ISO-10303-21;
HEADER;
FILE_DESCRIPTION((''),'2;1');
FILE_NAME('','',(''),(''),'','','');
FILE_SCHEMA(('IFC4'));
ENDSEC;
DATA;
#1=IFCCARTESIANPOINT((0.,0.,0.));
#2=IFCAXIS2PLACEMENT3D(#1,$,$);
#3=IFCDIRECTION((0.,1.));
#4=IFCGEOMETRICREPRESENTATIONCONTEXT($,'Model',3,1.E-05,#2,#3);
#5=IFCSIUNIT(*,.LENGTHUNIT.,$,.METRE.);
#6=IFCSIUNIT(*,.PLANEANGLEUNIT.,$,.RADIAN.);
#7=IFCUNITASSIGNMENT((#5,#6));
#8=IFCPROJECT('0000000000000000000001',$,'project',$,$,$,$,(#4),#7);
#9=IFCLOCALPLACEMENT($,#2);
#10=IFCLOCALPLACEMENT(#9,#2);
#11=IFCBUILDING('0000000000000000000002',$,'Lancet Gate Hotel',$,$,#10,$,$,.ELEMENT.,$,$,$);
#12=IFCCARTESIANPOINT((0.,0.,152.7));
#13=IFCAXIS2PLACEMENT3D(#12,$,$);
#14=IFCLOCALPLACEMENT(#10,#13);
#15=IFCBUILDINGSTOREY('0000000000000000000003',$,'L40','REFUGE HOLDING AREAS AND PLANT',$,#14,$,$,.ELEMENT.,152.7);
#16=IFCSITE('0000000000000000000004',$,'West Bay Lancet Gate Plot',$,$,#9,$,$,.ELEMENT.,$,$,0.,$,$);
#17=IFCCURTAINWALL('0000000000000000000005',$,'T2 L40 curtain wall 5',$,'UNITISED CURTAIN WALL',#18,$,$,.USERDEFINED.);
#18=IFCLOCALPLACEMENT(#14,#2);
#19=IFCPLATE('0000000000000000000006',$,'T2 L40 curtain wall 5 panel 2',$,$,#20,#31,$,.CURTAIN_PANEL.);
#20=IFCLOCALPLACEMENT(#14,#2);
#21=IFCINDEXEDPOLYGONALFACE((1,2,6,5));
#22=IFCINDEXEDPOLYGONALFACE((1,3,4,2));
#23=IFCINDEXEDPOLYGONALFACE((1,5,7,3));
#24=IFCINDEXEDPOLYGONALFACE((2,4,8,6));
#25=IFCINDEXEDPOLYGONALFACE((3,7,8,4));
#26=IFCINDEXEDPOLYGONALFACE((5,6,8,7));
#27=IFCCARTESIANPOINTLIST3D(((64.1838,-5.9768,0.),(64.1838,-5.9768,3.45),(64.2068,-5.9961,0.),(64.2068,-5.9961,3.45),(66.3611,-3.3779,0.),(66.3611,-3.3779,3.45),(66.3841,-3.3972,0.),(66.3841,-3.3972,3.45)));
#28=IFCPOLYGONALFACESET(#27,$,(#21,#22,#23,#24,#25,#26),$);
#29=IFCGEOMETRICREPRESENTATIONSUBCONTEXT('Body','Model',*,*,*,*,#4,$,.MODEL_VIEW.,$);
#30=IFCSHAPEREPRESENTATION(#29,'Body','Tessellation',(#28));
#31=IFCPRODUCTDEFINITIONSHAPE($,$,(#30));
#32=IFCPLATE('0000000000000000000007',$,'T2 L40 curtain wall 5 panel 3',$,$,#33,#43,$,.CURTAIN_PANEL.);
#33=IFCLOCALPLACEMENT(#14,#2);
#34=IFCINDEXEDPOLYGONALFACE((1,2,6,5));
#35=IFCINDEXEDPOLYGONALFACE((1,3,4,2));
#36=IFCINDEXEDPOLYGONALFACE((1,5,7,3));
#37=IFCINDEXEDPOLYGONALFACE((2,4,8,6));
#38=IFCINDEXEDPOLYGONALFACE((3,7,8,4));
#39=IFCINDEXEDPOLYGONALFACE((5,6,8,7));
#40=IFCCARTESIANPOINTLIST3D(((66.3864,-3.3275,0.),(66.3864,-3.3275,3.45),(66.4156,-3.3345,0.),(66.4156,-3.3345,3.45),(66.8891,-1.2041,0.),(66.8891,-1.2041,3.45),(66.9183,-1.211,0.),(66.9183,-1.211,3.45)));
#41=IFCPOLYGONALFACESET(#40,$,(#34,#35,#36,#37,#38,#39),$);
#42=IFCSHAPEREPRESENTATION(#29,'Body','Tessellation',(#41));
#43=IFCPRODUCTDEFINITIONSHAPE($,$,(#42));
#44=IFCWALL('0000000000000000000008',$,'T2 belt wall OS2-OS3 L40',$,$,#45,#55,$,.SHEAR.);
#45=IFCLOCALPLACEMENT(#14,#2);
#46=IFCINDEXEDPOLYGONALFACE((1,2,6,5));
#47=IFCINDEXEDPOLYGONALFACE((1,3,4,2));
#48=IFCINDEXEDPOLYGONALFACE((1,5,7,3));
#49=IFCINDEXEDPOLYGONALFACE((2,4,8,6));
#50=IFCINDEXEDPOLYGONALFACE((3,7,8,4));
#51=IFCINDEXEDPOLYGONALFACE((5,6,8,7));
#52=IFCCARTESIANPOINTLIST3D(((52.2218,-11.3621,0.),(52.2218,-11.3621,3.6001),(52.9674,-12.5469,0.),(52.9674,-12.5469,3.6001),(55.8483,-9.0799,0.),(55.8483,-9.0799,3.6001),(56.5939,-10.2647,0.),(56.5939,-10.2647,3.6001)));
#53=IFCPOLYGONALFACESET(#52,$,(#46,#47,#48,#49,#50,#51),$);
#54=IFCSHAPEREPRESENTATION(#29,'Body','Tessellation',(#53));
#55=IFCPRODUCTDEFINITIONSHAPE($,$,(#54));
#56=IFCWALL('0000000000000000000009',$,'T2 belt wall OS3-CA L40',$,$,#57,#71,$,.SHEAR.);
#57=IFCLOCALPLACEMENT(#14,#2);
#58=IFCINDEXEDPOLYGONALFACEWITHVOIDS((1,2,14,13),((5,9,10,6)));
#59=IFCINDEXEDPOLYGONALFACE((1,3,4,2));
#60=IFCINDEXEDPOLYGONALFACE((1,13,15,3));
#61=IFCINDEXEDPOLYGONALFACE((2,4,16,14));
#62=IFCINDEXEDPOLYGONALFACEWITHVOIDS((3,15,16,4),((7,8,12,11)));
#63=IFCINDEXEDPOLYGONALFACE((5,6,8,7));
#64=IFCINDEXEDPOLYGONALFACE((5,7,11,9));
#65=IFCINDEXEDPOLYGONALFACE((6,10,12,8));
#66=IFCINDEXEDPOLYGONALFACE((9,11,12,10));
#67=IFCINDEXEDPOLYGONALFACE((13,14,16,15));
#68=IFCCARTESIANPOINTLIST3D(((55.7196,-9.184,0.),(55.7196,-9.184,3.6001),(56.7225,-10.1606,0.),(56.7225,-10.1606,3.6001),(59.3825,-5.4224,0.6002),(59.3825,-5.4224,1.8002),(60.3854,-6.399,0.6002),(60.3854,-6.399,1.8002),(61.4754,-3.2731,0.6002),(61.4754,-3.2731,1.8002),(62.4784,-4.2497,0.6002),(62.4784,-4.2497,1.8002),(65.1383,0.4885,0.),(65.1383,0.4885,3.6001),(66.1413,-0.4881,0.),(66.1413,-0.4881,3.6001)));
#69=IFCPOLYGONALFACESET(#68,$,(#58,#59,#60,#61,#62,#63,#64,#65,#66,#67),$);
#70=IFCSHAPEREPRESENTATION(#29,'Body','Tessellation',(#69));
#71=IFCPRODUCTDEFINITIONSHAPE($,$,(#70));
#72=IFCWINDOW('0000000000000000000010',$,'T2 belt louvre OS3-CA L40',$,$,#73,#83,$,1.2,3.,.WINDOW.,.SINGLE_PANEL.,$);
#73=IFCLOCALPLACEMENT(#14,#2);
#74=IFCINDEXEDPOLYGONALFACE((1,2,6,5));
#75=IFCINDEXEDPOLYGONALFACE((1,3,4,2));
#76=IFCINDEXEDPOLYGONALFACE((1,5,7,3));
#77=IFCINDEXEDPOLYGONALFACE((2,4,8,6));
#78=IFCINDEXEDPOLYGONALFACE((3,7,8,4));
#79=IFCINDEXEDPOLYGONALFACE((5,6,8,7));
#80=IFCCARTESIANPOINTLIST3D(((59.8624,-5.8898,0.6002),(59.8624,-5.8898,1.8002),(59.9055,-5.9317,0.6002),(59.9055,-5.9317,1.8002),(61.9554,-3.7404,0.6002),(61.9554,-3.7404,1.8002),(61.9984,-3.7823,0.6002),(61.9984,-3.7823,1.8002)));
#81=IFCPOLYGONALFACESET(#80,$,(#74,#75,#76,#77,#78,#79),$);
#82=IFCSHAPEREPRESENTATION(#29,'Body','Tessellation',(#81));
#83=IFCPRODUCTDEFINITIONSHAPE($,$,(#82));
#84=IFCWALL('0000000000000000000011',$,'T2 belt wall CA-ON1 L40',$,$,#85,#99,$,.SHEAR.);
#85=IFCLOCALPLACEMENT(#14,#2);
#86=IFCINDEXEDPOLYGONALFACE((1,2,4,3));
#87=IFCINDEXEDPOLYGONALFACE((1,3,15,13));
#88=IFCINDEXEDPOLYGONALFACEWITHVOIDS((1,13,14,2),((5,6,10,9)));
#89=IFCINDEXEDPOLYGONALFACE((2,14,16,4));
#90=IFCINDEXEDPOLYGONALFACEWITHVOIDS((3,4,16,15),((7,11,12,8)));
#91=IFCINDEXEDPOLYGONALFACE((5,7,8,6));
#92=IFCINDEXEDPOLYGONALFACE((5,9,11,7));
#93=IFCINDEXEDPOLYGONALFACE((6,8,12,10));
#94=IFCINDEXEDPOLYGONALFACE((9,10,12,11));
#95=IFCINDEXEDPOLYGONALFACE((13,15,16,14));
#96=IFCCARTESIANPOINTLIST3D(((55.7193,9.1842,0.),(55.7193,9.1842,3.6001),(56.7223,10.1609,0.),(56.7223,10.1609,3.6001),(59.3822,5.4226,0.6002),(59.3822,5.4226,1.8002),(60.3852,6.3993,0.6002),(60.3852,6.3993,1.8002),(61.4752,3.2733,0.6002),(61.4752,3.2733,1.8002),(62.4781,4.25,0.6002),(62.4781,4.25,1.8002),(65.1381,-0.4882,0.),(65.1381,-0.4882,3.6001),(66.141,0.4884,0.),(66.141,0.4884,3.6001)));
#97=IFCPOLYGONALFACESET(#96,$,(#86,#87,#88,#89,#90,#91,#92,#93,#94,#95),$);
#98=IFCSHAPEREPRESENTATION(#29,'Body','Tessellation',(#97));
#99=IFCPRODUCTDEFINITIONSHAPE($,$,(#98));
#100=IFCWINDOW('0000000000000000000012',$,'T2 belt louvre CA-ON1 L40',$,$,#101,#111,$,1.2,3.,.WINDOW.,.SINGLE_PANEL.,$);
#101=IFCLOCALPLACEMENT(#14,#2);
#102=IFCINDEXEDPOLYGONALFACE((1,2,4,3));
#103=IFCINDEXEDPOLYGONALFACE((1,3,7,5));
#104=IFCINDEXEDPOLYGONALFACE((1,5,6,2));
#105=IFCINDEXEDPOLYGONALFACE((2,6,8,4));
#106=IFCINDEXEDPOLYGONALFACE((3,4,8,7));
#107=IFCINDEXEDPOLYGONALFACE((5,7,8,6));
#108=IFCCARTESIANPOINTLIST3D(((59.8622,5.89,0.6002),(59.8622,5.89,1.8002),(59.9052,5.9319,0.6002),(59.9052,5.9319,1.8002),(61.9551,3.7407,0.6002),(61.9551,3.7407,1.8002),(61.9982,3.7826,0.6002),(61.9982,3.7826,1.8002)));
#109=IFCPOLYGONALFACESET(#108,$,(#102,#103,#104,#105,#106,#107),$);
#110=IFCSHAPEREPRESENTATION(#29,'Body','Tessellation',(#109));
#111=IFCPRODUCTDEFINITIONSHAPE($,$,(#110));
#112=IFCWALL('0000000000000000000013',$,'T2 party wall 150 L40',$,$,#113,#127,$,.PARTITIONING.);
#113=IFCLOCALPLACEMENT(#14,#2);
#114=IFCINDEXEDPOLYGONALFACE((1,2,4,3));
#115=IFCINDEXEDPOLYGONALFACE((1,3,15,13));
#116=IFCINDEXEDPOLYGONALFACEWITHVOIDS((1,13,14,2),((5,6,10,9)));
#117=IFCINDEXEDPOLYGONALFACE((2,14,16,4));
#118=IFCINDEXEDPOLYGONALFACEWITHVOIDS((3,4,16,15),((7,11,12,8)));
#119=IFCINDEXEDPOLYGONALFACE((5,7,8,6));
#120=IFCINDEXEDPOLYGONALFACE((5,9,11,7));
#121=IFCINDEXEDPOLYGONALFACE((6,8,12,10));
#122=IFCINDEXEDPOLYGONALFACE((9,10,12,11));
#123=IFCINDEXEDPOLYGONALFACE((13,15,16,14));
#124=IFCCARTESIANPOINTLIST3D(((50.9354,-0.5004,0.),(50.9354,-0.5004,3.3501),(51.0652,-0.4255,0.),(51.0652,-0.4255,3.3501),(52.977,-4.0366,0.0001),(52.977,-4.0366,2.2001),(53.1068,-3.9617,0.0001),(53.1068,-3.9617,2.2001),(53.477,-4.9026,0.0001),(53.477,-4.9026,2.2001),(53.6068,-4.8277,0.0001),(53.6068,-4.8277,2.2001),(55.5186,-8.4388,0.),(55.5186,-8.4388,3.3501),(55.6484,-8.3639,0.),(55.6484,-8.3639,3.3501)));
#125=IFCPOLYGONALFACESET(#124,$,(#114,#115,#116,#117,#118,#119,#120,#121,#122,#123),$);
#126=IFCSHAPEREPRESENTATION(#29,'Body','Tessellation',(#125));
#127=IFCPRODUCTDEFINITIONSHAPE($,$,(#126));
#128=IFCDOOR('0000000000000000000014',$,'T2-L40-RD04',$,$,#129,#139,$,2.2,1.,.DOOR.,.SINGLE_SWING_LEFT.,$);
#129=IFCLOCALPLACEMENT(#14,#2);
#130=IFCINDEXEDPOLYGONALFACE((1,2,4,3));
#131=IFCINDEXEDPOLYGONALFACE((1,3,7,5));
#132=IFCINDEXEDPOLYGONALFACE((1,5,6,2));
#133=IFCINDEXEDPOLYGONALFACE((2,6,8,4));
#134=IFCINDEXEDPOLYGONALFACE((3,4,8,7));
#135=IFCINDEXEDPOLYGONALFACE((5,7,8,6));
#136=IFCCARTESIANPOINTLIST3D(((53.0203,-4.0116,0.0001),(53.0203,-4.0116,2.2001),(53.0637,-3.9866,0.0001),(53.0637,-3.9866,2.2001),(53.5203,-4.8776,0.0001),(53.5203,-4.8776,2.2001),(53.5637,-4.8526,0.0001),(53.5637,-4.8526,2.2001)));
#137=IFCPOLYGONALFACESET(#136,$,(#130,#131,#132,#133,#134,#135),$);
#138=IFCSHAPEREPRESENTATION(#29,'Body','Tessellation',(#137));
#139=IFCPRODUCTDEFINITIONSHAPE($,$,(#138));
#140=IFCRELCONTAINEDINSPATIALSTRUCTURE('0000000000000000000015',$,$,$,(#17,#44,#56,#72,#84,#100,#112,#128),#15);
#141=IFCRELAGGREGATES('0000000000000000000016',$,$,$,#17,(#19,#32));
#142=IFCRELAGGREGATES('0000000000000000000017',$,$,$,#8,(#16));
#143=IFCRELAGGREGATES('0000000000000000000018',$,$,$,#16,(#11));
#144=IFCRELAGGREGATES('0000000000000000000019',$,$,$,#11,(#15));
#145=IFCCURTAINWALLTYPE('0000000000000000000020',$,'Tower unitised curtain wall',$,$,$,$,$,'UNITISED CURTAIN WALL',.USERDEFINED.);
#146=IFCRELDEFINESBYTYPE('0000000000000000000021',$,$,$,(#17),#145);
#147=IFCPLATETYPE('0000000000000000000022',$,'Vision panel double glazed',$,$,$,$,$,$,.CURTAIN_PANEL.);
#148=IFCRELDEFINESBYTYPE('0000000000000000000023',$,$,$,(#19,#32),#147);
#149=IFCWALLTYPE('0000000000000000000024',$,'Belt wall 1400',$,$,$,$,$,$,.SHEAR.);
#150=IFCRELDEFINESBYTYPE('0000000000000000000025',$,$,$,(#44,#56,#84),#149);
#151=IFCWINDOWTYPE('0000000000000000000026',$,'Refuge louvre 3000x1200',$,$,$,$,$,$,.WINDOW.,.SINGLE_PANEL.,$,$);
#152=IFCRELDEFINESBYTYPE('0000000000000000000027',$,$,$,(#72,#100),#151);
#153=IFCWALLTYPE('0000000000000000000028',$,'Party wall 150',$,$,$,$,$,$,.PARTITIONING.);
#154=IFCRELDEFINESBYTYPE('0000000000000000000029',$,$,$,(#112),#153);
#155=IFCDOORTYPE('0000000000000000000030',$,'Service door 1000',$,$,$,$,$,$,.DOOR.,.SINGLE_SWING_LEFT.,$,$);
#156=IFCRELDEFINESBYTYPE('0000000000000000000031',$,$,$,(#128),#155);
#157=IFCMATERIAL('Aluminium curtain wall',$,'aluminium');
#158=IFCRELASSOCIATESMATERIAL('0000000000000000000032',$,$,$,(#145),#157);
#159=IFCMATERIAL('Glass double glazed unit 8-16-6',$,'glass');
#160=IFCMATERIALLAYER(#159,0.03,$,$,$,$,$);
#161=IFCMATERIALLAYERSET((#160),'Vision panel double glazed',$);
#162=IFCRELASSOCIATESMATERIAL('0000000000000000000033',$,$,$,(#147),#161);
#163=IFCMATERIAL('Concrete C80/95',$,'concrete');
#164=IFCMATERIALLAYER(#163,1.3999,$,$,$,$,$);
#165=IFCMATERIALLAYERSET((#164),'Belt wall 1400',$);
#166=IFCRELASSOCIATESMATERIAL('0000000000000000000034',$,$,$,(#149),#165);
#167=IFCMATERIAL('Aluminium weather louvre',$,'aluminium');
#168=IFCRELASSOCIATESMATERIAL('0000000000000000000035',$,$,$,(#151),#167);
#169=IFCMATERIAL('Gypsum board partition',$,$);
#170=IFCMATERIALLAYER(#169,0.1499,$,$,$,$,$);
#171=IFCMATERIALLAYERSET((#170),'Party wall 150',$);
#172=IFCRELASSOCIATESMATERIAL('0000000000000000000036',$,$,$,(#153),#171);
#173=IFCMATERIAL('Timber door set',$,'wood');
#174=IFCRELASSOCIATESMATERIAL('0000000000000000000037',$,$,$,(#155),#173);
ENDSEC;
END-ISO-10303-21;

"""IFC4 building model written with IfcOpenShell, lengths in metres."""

from ifc_helpers import new_model, si_unit, direction, frame, frame_2d, origin, origin_2d, place, context, subcontext, project, spatial, rectangle, extrude, material, layer, layer_set, type_object, element, fill, aggregate, save


model = new_model("IFC4")

# Units and contexts
model_context = context("Model", 3, precision=1e-05, world=origin(), true_north=direction((0.0, 1.0)))
body_context = subcontext(model_context, "Body", "Model", "MODEL_VIEW")
ifc_project = project(units=[si_unit("LENGTHUNIT", "METRE"), si_unit("PLANEANGLEUNIT", "RADIAN")], contexts=[model_context])

# Site, building, storey
site_placement = place(None, origin())
site = spatial("IfcSite", under=ifc_project, at=site_placement, Name="West Bay Lancet Gate Plot", CompositionType="ELEMENT", RefElevation=0.0)
building_placement = place(site_placement, origin())
building = spatial("IfcBuilding", under=site, at=building_placement, Name="Lancet Gate Hotel", CompositionType="ELEMENT")
storey_placement = place(building_placement, frame((0.0, 0.0, 152.7)))
storey = spatial("IfcBuildingStorey", under=building, at=storey_placement, Name="L40", Description="REFUGE HOLDING AREAS AND PLANT", CompositionType="ELEMENT", Elevation=152.7)

# Curtain wall
ifc_material_1 = material(Name="Aluminium curtain wall", Category="aluminium")
curtain_wall_type = type_object("IfcCurtainWallType", Name="Tower unitised curtain wall", ElementType="UNITISED CURTAIN WALL", PredefinedType="USERDEFINED", material=ifc_material_1)
curtain_wall_1_placement = place(storey_placement, origin())
curtain_wall_1 = element("IfcCurtainWall", 1, at=curtain_wall_1_placement, inside=storey, type_object=curtain_wall_type, Name="T2 L40 curtain wall 5", ObjectType="UNITISED CURTAIN WALL", PredefinedType="USERDEFINED")

# Plates
ifc_material_2 = material(Name="Glass double glazed unit 8-16-6", Category="glass")
ifc_layer_1 = layer(ifc_material_2, 0.03)
ifc_layer_set_1 = layer_set([ifc_layer_1], Name="Vision panel double glazed")
plate_type = type_object("IfcPlateType", Name="Vision panel double glazed", PredefinedType="CURTAIN_PANEL", material=ifc_layer_set_1)
plate_1_placement = place(storey_placement, frame((65.2839, -4.687, 0.0), z_axis=(0.0, 0.0, 1.0), x_axis=(0.642199, 0.766538, 0.0)))
plate_1 = element("IfcPlate", 2, at=plate_1_placement, type_object=plate_type, Name="T2 L40 curtain wall 5 panel 2", PredefinedType="CURTAIN_PANEL", context=body_context, shape_type="SweptSolid", body=[
    extrude(rectangle(XDim=3.3904, YDim=0.03, at=origin_2d()), origin(), (0.0, 0.0, 1.0), 3.45),
])
plate_2_placement = place(storey_placement, frame((66.6523, -2.2693, 0.0), z_axis=(0.0, 0.0, 1.0), x_axis=(0.230367, 0.973104, 0.0)))
plate_2 = element("IfcPlate", 3, at=plate_2_placement, type_object=plate_type, Name="T2 L40 curtain wall 5 panel 3", PredefinedType="CURTAIN_PANEL", context=body_context, shape_type="SweptSolid", body=[
    extrude(rectangle(XDim=2.1821, YDim=0.03, at=origin_2d()), origin(), (0.0, 0.0, 1.0), 3.45),
])
aggregate(curtain_wall_1, [plate_1, plate_2])

# Wall
ifc_material_3 = material(Name="Concrete C80/95", Category="concrete")
ifc_layer_2 = layer(ifc_material_3, 1.3999)
ifc_layer_set_2 = layer_set([ifc_layer_2], Name="Belt wall 1400")
wall_type_1 = type_object("IfcWallType", Name="Belt wall 1400", PredefinedType="SHEAR", material=ifc_layer_set_2)
wall_1_placement = place(storey_placement, frame((52.5945, -11.9546, 0.0), z_axis=(0.0, 0.0, 1.0), x_axis=(0.846349, 0.532629, 0.0)))
element("IfcWall", 4, at=wall_1_placement, inside=storey, type_object=wall_type_1, Name="T2 belt wall OS2-OS3 L40", PredefinedType="SHEAR", context=body_context, shape_type="SweptSolid", body=[
    extrude(rectangle(XDim=4.2849, YDim=1.3999, at=frame_2d((2.1426, 0.0))), origin(), (0.0, 0.0, 1.0), 3.6001),
])

# Walls, openings, windows
wall_2_placement = place(storey_placement, frame((56.2209, -9.6724, 0.0), z_axis=(0.0, 0.0, 1.0), x_axis=(0.69765, 0.716439, 0.0)))
wall_2 = element("IfcWall", 5, at=wall_2_placement, inside=storey, type_object=wall_type_1, Name="T2 belt wall OS3-CA L40", PredefinedType="SHEAR", context=body_context, shape_type="SweptSolid", body=[
    extrude(rectangle(XDim=13.5007, YDim=1.3999, at=frame_2d((6.7505, 0.0))), origin(), (0.0, 0.0, 1.0), 3.6001),
])
opening_1_placement = place(wall_2_placement, frame((5.2505, 0.0, 0.6001)))
opening_1 = element("IfcOpeningElement", 6, at=opening_1_placement, cuts=wall_2, PredefinedType="OPENING", context=body_context, shape_type="SweptSolid", body=[
    extrude(rectangle(XDim=3.0, YDim=1.2, at=frame_2d((1.5, 0.6001))), frame((0.0, 0.71, 0.0), z_axis=(0.0, -1.0, 0.0), x_axis=(1.0, 0.0, 0.0)), (0.0, 0.0, 1.0), 1.4199),
])
ifc_material_4 = material(Name="Aluminium weather louvre", Category="aluminium")
window_type = type_object("IfcWindowType", Name="Refuge louvre 3000x1200", PartitioningType="SINGLE_PANEL", PredefinedType="WINDOW", material=ifc_material_4)
window_1_placement = place(opening_1_placement, origin())
window_1 = element("IfcWindow", 7, at=window_1_placement, inside=storey, type_object=window_type, Name="T2 belt louvre OS3-CA L40", OverallHeight=1.2, OverallWidth=3.0, PartitioningType="SINGLE_PANEL", PredefinedType="WINDOW", context=body_context, shape_type="SweptSolid", body=[
    extrude(rectangle(XDim=3.0, YDim=1.2, at=frame_2d((1.5, 0.6001))), frame((0.0, 0.03, 0.0), z_axis=(0.0, -1.0, 0.0), x_axis=(1.0, 0.0, 0.0)), (0.0, 0.0, 1.0), 0.0601),
])
fill(opening_1, window_1)
wall_3_placement = place(storey_placement, frame((65.6396, 0.0, 0.0), z_axis=(0.0, 0.0, 1.0), x_axis=(-0.69765, 0.716439, 0.0)))
wall_3 = element("IfcWall", 8, at=wall_3_placement, inside=storey, type_object=wall_type_1, Name="T2 belt wall CA-ON1 L40", PredefinedType="SHEAR", context=body_context, shape_type="SweptSolid", body=[
    extrude(rectangle(XDim=13.5007, YDim=1.3999, at=frame_2d((6.7505, 0.0))), origin(), (0.0, 0.0, 1.0), 3.6001),
])
opening_2_placement = place(wall_3_placement, frame((5.2505, 0.0, 0.6001)))
opening_2 = element("IfcOpeningElement", 9, at=opening_2_placement, cuts=wall_3, PredefinedType="OPENING", context=body_context, shape_type="SweptSolid", body=[
    extrude(rectangle(XDim=3.0, YDim=1.2, at=frame_2d((1.5, 0.6001))), frame((0.0, 0.71, 0.0), z_axis=(0.0, -1.0, 0.0), x_axis=(1.0, 0.0, 0.0)), (0.0, 0.0, 1.0), 1.4199),
])
window_2_placement = place(opening_2_placement, origin())
window_2 = element("IfcWindow", 10, at=window_2_placement, inside=storey, type_object=window_type, Name="T2 belt louvre CA-ON1 L40", OverallHeight=1.2, OverallWidth=3.0, PartitioningType="SINGLE_PANEL", PredefinedType="WINDOW", context=body_context, shape_type="SweptSolid", body=[
    extrude(rectangle(XDim=3.0, YDim=1.2, at=frame_2d((1.5, 0.6001))), frame((0.0, 0.03, 0.0), z_axis=(0.0, -1.0, 0.0), x_axis=(1.0, 0.0, 0.0)), (0.0, 0.0, 1.0), 0.0601),
])
fill(opening_2, window_2)

# Wall, opening, door
ifc_material_5 = material(Name="Gypsum board partition")
ifc_layer_3 = layer(ifc_material_5, 0.1499)
ifc_layer_set_3 = layer_set([ifc_layer_3], Name="Party wall 150")
wall_type_2 = type_object("IfcWallType", Name="Party wall 150", PredefinedType="PARTITIONING", material=ifc_layer_set_3)
wall_4_placement = place(storey_placement, frame((55.5835, -8.4014, 0.0), z_axis=(0.0, 0.0, 1.0), x_axis=(-0.499998, 0.866027, 0.0)))
wall_4 = element("IfcWall", 11, at=wall_4_placement, inside=storey, type_object=wall_type_2, Name="T2 party wall 150 L40", PredefinedType="PARTITIONING", context=body_context, shape_type="SweptSolid", body=[
    extrude(rectangle(XDim=9.1665, YDim=0.1499, at=frame_2d((4.5833, 0.0))), origin(), (0.0, 0.0, 1.0), 3.3501),
])
opening_3_placement = place(wall_4_placement, frame((4.0833, 0.0, 0.0)))
opening_3 = element("IfcOpeningElement", 12, at=opening_3_placement, cuts=wall_4, PredefinedType="OPENING", context=body_context, shape_type="SweptSolid", body=[
    extrude(rectangle(XDim=1.0, YDim=2.2, at=frame_2d((0.5, 1.1001))), frame((0.0, 0.085, 0.0), z_axis=(0.0, -1.0, 0.0), x_axis=(1.0, 0.0, 0.0)), (0.0, 0.0, 1.0), 0.1699),
])
ifc_material_6 = material(Name="Timber door set", Category="wood")
door_type = type_object("IfcDoorType", Name="Service door 1000", OperationType="SINGLE_SWING_LEFT", PredefinedType="DOOR", material=ifc_material_6)
door_placement = place(opening_3_placement, origin())
door = element("IfcDoor", 13, at=door_placement, inside=storey, type_object=door_type, Name="T2-L40-RD04", OperationType="SINGLE_SWING_LEFT", OverallHeight=2.2, OverallWidth=1.0, PredefinedType="DOOR", context=body_context, shape_type="SweptSolid", body=[
    extrude(rectangle(XDim=1.0, YDim=2.2, at=frame_2d((0.5, 1.1001))), frame((0.0, 0.0249, 0.0), z_axis=(0.0, -1.0, 0.0), x_axis=(1.0, 0.0, 0.0)), (0.0, 0.0, 1.0), 0.05),
])
fill(opening_3, door)

save(model, "model.ifc")
